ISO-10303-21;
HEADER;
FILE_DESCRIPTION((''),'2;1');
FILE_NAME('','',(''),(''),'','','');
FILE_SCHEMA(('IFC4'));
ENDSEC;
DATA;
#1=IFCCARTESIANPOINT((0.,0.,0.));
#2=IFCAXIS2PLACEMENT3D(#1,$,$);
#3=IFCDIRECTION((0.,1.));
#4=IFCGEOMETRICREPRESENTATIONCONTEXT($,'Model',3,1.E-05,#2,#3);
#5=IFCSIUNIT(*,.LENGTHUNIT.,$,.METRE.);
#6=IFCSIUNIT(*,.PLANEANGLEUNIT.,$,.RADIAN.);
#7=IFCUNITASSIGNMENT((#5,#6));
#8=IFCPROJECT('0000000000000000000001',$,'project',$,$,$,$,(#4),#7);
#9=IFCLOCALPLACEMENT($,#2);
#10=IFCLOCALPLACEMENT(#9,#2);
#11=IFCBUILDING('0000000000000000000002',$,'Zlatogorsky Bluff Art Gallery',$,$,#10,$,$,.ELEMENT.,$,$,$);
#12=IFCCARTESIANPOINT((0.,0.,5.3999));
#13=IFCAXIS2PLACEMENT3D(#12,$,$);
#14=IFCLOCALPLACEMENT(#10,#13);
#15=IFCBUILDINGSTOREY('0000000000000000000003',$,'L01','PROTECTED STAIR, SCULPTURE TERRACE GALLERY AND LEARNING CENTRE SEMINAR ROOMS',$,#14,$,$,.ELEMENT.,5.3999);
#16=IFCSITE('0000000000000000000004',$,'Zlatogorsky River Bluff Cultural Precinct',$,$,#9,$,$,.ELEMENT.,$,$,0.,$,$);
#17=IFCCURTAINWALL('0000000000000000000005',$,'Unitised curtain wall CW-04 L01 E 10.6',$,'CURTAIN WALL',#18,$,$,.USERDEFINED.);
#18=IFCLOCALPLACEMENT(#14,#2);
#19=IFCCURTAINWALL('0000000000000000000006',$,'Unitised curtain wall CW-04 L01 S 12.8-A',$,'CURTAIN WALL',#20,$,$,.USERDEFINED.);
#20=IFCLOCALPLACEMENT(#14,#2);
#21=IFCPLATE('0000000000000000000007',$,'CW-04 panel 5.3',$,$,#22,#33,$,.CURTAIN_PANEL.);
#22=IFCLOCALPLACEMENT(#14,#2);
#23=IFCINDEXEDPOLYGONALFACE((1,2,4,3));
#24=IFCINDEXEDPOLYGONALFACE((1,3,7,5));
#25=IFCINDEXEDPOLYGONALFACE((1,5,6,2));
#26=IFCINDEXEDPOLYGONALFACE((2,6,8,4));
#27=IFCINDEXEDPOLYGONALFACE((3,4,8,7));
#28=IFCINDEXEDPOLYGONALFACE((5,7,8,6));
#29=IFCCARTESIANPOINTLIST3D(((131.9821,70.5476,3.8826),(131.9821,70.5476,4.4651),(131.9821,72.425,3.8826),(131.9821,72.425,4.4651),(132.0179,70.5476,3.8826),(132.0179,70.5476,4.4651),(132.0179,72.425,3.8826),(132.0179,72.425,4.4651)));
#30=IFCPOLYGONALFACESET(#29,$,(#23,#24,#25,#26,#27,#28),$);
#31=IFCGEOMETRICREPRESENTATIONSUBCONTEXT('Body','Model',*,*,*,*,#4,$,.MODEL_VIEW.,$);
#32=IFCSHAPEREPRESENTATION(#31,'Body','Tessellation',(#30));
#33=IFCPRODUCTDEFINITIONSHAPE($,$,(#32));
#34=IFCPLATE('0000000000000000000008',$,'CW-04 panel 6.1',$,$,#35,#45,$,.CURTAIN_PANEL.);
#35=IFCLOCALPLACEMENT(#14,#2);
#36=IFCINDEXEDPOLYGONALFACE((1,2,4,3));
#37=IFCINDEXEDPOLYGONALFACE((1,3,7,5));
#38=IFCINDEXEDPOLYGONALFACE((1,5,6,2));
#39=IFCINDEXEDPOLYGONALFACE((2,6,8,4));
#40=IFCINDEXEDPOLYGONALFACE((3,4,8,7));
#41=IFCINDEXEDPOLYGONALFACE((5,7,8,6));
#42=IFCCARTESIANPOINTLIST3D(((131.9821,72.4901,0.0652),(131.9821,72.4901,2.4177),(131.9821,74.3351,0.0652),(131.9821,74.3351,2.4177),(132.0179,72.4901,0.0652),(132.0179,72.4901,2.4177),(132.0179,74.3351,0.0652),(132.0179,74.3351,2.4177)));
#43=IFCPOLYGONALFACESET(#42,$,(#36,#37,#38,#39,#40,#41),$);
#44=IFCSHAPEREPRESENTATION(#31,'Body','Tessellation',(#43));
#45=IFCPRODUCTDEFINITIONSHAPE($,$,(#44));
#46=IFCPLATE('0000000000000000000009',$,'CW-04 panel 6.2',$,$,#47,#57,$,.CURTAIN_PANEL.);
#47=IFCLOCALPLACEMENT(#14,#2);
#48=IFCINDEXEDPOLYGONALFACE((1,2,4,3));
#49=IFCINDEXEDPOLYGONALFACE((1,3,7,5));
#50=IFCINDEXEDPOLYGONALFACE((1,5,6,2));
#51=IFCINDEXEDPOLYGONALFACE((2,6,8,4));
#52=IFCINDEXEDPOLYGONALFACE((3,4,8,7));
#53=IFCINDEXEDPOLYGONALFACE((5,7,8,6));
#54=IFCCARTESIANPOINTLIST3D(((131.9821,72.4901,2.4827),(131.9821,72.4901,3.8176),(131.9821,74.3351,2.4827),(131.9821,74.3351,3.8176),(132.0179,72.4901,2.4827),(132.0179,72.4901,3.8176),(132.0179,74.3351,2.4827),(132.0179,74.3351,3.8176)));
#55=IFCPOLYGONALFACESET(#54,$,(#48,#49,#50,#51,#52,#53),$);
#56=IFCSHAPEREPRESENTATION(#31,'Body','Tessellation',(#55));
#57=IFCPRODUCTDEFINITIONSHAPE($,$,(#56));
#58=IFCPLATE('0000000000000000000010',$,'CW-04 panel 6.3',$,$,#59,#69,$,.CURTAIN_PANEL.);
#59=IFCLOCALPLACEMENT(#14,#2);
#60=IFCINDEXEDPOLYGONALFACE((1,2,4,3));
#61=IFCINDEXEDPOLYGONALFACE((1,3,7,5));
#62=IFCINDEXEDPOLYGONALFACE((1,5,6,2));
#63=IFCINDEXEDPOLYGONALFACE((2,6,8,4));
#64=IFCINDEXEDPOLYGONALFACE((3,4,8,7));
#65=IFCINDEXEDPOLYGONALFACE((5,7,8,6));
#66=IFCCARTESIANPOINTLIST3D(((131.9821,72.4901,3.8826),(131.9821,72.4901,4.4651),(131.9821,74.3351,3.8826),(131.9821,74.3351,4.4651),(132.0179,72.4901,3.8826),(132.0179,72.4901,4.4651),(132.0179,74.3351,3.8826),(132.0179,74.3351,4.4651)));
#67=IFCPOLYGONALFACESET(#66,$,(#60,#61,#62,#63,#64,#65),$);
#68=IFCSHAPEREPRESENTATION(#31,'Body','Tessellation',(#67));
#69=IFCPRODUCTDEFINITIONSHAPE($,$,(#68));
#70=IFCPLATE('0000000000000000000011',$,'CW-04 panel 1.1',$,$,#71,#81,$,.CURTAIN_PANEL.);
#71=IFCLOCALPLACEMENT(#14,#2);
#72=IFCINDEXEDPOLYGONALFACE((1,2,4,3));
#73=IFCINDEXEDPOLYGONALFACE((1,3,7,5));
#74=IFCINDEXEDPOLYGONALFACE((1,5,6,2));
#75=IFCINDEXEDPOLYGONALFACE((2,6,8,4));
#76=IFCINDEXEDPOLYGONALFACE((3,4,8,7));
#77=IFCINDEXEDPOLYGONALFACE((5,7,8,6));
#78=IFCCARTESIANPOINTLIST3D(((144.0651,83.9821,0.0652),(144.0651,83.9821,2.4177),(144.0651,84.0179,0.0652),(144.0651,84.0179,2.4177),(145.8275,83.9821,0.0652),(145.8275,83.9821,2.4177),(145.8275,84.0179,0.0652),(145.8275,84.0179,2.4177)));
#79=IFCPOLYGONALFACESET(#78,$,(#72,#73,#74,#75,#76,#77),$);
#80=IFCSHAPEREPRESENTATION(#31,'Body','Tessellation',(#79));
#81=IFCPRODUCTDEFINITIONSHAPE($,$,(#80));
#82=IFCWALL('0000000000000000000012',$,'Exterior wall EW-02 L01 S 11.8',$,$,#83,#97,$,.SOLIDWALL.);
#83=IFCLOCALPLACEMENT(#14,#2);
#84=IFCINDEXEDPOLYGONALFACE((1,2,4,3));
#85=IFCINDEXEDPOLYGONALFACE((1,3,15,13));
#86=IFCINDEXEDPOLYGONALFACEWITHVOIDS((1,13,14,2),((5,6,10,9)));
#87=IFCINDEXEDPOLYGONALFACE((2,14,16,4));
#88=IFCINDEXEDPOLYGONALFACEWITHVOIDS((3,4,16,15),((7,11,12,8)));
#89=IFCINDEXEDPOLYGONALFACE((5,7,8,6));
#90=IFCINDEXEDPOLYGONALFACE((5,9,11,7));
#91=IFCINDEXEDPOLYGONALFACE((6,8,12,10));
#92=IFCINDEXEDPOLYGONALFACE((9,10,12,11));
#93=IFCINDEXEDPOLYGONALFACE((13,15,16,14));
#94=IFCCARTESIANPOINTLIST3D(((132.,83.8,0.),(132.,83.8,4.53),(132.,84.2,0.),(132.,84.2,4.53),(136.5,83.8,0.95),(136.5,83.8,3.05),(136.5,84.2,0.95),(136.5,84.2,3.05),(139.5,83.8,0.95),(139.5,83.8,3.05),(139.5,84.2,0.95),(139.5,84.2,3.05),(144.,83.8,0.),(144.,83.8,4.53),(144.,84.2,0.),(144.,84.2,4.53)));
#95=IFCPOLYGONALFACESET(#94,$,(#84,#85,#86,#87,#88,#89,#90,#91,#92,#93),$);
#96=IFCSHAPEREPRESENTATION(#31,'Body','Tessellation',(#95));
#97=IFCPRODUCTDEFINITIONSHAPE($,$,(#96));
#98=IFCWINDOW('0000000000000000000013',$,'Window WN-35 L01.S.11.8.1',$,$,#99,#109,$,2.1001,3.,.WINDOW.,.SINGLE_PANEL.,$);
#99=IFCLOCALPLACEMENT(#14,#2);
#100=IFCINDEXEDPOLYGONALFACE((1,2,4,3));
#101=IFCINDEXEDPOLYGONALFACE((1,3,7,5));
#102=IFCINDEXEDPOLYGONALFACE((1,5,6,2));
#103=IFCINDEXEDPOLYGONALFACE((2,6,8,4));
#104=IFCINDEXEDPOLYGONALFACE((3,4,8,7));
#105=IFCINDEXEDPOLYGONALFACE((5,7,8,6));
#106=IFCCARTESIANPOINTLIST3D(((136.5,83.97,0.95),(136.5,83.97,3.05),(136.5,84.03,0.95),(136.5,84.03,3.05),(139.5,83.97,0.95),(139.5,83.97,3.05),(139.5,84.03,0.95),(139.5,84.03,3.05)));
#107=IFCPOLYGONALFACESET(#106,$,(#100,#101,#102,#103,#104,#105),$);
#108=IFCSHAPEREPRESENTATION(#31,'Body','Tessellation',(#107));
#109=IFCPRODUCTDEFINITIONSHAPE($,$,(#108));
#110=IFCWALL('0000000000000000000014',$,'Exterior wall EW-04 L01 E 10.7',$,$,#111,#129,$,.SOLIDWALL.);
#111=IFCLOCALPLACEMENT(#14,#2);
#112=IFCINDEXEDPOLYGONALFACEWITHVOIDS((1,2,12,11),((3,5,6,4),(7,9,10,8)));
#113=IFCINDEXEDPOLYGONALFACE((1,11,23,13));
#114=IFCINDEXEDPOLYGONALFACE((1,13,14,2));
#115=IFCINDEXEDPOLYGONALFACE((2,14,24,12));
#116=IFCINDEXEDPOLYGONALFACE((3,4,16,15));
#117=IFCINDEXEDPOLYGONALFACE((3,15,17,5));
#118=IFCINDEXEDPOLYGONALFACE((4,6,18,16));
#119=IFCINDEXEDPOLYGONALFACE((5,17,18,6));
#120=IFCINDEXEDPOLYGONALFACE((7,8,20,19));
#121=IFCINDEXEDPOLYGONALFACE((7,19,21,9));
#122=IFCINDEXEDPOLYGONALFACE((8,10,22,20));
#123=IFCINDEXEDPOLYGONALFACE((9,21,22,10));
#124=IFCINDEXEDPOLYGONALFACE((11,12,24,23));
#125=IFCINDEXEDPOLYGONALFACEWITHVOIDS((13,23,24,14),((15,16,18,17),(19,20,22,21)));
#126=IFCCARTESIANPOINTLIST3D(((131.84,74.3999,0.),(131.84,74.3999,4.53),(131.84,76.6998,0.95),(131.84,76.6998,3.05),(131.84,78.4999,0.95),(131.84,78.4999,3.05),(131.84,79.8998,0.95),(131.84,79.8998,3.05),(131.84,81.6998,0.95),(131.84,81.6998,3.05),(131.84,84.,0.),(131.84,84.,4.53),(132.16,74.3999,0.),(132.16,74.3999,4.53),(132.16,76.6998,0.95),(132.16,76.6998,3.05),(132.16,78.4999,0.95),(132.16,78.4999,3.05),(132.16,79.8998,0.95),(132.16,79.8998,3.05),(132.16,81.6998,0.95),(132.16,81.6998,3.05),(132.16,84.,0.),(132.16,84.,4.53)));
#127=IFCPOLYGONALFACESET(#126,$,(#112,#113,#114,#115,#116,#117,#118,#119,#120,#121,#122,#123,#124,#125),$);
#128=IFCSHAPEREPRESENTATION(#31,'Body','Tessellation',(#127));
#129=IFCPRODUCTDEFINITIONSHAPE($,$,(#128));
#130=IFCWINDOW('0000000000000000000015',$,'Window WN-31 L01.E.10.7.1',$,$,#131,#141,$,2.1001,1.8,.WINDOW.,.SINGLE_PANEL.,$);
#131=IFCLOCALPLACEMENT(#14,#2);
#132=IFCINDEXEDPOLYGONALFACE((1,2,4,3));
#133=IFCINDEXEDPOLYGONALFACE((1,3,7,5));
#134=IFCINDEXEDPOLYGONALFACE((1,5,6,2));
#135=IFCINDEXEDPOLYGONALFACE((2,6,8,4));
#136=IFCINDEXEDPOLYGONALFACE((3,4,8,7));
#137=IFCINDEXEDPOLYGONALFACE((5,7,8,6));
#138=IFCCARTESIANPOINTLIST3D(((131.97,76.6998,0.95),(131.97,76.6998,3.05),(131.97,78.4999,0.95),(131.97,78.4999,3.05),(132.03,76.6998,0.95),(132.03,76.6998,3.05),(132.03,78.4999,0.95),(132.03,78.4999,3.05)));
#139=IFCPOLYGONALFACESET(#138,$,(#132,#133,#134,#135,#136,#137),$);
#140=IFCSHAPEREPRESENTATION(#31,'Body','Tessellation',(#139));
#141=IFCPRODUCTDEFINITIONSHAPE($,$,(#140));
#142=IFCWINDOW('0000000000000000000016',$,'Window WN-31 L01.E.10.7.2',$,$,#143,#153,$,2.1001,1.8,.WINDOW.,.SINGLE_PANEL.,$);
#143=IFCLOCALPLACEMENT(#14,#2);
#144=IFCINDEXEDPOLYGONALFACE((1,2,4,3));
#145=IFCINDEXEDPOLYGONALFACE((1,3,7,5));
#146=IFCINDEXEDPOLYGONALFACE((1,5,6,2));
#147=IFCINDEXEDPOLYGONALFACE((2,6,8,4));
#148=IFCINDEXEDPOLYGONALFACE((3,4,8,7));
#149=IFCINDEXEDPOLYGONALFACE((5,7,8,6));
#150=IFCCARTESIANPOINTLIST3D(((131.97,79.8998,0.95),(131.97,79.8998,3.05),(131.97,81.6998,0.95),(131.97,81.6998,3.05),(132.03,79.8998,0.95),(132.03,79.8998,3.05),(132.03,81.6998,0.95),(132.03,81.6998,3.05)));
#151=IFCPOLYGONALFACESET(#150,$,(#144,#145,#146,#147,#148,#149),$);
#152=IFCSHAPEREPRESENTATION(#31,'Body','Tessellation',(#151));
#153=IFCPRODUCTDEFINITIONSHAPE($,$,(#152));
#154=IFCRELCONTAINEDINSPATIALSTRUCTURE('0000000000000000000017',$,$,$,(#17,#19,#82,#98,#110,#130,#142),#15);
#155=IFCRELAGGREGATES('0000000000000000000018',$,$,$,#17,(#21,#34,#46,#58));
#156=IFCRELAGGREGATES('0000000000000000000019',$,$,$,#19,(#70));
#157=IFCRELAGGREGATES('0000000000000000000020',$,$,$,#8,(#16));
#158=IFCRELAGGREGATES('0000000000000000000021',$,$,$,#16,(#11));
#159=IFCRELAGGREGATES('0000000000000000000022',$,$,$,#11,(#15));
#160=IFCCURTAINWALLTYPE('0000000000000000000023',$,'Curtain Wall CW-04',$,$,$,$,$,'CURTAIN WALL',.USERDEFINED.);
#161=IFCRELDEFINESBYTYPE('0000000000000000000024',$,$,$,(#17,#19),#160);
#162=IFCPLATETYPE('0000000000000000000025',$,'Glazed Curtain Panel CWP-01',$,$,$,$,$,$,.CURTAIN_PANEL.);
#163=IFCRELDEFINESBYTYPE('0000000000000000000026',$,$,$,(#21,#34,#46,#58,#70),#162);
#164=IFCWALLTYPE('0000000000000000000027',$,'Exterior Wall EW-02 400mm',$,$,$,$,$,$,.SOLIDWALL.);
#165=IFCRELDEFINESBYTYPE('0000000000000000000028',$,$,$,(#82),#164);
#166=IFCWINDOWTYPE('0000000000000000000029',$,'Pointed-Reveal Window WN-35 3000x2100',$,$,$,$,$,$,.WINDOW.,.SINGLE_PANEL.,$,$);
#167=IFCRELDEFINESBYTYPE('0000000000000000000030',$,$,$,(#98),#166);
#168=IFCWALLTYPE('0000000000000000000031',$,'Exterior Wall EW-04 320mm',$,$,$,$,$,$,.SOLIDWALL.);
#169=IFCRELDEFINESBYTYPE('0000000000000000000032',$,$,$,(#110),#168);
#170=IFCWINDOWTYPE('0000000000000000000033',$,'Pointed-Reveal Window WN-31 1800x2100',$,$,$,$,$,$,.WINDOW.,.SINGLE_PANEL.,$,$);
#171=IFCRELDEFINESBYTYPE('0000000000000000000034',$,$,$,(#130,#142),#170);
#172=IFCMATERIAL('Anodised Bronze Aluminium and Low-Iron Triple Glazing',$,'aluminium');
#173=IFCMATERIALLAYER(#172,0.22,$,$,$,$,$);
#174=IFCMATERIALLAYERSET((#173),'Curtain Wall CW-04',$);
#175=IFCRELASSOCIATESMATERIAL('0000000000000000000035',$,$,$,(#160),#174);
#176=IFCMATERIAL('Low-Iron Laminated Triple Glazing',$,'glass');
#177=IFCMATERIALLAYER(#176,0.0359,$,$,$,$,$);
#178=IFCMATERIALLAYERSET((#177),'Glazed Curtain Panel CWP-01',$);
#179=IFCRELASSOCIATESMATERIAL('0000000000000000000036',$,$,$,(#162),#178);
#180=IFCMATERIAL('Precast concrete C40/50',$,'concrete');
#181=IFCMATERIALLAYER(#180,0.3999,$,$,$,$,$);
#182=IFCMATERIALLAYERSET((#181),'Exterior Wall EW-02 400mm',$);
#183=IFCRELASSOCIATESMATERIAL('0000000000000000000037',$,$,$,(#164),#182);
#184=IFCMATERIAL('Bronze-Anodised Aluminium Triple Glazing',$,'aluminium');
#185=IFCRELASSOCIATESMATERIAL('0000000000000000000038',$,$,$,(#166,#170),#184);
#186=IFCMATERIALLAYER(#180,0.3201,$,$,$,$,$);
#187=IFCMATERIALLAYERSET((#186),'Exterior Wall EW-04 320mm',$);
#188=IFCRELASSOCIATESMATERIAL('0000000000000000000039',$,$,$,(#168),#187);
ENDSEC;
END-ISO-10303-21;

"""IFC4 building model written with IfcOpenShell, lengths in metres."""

from ifc_helpers import new_model, si_unit, direction, frame, frame_2d, origin, origin_2d, place, context, subcontext, project, spatial, rectangle, extrude, material, layer, layer_set, type_object, element, fill, aggregate, save


model = new_model("IFC4")

# Units and contexts
model_context = context("Model", 3, precision=1e-05, world=origin(), true_north=direction((0.0, 1.0)))
body_context = subcontext(model_context, "Body", "Model", "MODEL_VIEW")
ifc_project = project(units=[si_unit("LENGTHUNIT", "METRE"), si_unit("PLANEANGLEUNIT", "RADIAN")], contexts=[model_context])

# Site, building, storey
site_placement = place(None, origin())
site = spatial("IfcSite", under=ifc_project, at=site_placement, Name="Zlatogorsky River Bluff Cultural Precinct", CompositionType="ELEMENT", RefElevation=0.0)
building_placement = place(site_placement, origin())
building = spatial("IfcBuilding", under=site, at=building_placement, Name="Zlatogorsky Bluff Art Gallery", CompositionType="ELEMENT")
storey_placement = place(building_placement, frame((0.0, 0.0, 5.3999)))
storey = spatial("IfcBuildingStorey", under=building, at=storey_placement, Name="L01", Description="PROTECTED STAIR, SCULPTURE TERRACE GALLERY AND LEARNING CENTRE SEMINAR ROOMS", CompositionType="ELEMENT", Elevation=5.3999)

# Curtain wall
ifc_material_1 = material(Name="Anodised Bronze Aluminium and Low-Iron Triple Glazing", Category="aluminium")
ifc_layer_1 = layer(ifc_material_1, 0.22)
ifc_layer_set_1 = layer_set([ifc_layer_1], Name="Curtain Wall CW-04")
curtain_wall_type = type_object("IfcCurtainWallType", Name="Curtain Wall CW-04", ElementType="CURTAIN WALL", PredefinedType="USERDEFINED", material=ifc_layer_set_1)
curtain_wall_1_placement = place(storey_placement, origin())
curtain_wall_1 = element("IfcCurtainWall", 1, at=curtain_wall_1_placement, inside=storey, type_object=curtain_wall_type, Name="Unitised curtain wall CW-04 L01 E 10.6", ObjectType="CURTAIN WALL", PredefinedType="USERDEFINED")

# Curtain wall
curtain_wall_2_placement = place(storey_placement, origin())
curtain_wall_2 = element("IfcCurtainWall", 2, at=curtain_wall_2_placement, inside=storey, type_object=curtain_wall_type, Name="Unitised curtain wall CW-04 L01 S 12.8-A", ObjectType="CURTAIN WALL", PredefinedType="USERDEFINED")

# Plates
ifc_material_2 = material(Name="Low-Iron Laminated Triple Glazing", Category="glass")
ifc_layer_2 = layer(ifc_material_2, 0.0359)
ifc_layer_set_2 = layer_set([ifc_layer_2], Name="Glazed Curtain Panel CWP-01")
plate_type = type_object("IfcPlateType", Name="Glazed Curtain Panel CWP-01", PredefinedType="CURTAIN_PANEL", material=ifc_layer_set_2)
plate_1_placement = place(storey_placement, frame((132.0, 71.4863, 3.8826), z_axis=(0.0, 0.0, 1.0), x_axis=(0.0, 1.0, 0.0)))
plate_1 = element("IfcPlate", 3, at=plate_1_placement, type_object=plate_type, Name="CW-04 panel 5.3", PredefinedType="CURTAIN_PANEL", context=body_context, shape_type="SweptSolid", body=[
    extrude(rectangle(XDim=1.8774, YDim=0.0359, at=origin_2d()), origin(), (0.0, 0.0, 1.0), 0.5825),
])
plate_2_placement = place(storey_placement, frame((132.0, 73.4126, 0.0652), z_axis=(0.0, 0.0, 1.0), x_axis=(0.0, 1.0, 0.0)))
plate_2 = element("IfcPlate", 4, at=plate_2_placement, type_object=plate_type, Name="CW-04 panel 6.1", PredefinedType="CURTAIN_PANEL", context=body_context, shape_type="SweptSolid", body=[
    extrude(rectangle(XDim=1.845, YDim=0.0359, at=origin_2d()), origin(), (0.0, 0.0, 1.0), 2.3525),
])
plate_3_placement = place(storey_placement, frame((132.0, 73.4126, 2.4827), z_axis=(0.0, 0.0, 1.0), x_axis=(0.0, 1.0, 0.0)))
plate_3 = element("IfcPlate", 5, at=plate_3_placement, type_object=plate_type, Name="CW-04 panel 6.2", PredefinedType="CURTAIN_PANEL", context=body_context, shape_type="SweptSolid", body=[
    extrude(rectangle(XDim=1.845, YDim=0.0359, at=origin_2d()), origin(), (0.0, 0.0, 1.0), 1.335),
])
plate_4_placement = place(storey_placement, frame((132.0, 73.4126, 3.8826), z_axis=(0.0, 0.0, 1.0), x_axis=(0.0, 1.0, 0.0)))
plate_4 = element("IfcPlate", 6, at=plate_4_placement, type_object=plate_type, Name="CW-04 panel 6.3", PredefinedType="CURTAIN_PANEL", context=body_context, shape_type="SweptSolid", body=[
    extrude(rectangle(XDim=1.845, YDim=0.0359, at=origin_2d()), origin(), (0.0, 0.0, 1.0), 0.5825),
])
aggregate(curtain_wall_1, [plate_1, plate_2, plate_3, plate_4])
plate_5_placement = place(storey_placement, frame((144.9463, 84.0, 0.0652), z_axis=(0.0, 0.0, 1.0), x_axis=(1.0, 0.0, 0.0)))
plate_5 = element("IfcPlate", 7, at=plate_5_placement, type_object=plate_type, Name="CW-04 panel 1.1", PredefinedType="CURTAIN_PANEL", context=body_context, shape_type="SweptSolid", body=[
    extrude(rectangle(XDim=1.7625, YDim=0.0359, at=origin_2d()), origin(), (0.0, 0.0, 1.0), 2.3525),
])
aggregate(curtain_wall_2, [plate_5])

# Wall, opening, window
ifc_material_3 = material(Name="Precast concrete C40/50", Category="concrete")
ifc_layer_3 = layer(ifc_material_3, 0.3999)
ifc_layer_set_3 = layer_set([ifc_layer_3], Name="Exterior Wall EW-02 400mm")
wall_type_1 = type_object("IfcWallType", Name="Exterior Wall EW-02 400mm", PredefinedType="SOLIDWALL", material=ifc_layer_set_3)
wall_1_placement = place(storey_placement, frame((132.0, 84.0, 0.0), z_axis=(0.0, 0.0, 1.0), x_axis=(1.0, 0.0, 0.0)))
wall_1 = element("IfcWall", 8, at=wall_1_placement, inside=storey, type_object=wall_type_1, Name="Exterior wall EW-02 L01 S 11.8", PredefinedType="SOLIDWALL", context=body_context, shape_type="SweptSolid", body=[
    extrude(rectangle(XDim=12.0, YDim=0.3999, at=frame_2d((6.0, 0.0))), origin(), (0.0, 0.0, 1.0), 4.53),
])
opening_1_placement = place(wall_1_placement, frame((4.5, 0.0, 0.95)))
opening_1 = element("IfcOpeningElement", 9, at=opening_1_placement, cuts=wall_1, PredefinedType="OPENING", context=body_context, shape_type="SweptSolid", body=[
    extrude(rectangle(XDim=3.0, YDim=2.1001, at=frame_2d((1.5, 1.05))), frame((0.0, 0.21, 0.0), z_axis=(0.0, -1.0, 0.0), x_axis=(1.0, 0.0, 0.0)), (0.0, 0.0, 1.0), 0.4199),
])
ifc_material_4 = material(Name="Bronze-Anodised Aluminium Triple Glazing", Category="aluminium")
window_type_1 = type_object("IfcWindowType", Name="Pointed-Reveal Window WN-35 3000x2100", PartitioningType="SINGLE_PANEL", PredefinedType="WINDOW", material=ifc_material_4)
window_1_placement = place(opening_1_placement, origin())
window_1 = element("IfcWindow", 10, at=window_1_placement, inside=storey, type_object=window_type_1, Name="Window WN-35 L01.S.11.8.1", OverallHeight=2.1001, OverallWidth=3.0, PartitioningType="SINGLE_PANEL", PredefinedType="WINDOW", context=body_context, shape_type="SweptSolid", body=[
    extrude(rectangle(XDim=3.0, YDim=2.1001, at=frame_2d((1.5, 1.05))), frame((0.0, 0.03, 0.0), z_axis=(0.0, -1.0, 0.0), x_axis=(1.0, 0.0, 0.0)), (0.0, 0.0, 1.0), 0.0601),
])
fill(opening_1, window_1)

# Wall, openings, windows
ifc_layer_4 = layer(ifc_material_3, 0.3201)
ifc_layer_set_4 = layer_set([ifc_layer_4], Name="Exterior Wall EW-04 320mm")
wall_type_2 = type_object("IfcWallType", Name="Exterior Wall EW-04 320mm", PredefinedType="SOLIDWALL", material=ifc_layer_set_4)
wall_2_placement = place(storey_placement, frame((132.0, 74.3999, 0.0), z_axis=(0.0, 0.0, 1.0), x_axis=(0.0, 1.0, 0.0)))
wall_2 = element("IfcWall", 11, at=wall_2_placement, inside=storey, type_object=wall_type_2, Name="Exterior wall EW-04 L01 E 10.7", PredefinedType="SOLIDWALL", context=body_context, shape_type="SweptSolid", body=[
    extrude(rectangle(XDim=9.6001, YDim=0.3201, at=frame_2d((4.8, 0.0))), origin(), (0.0, 0.0, 1.0), 4.53),
])
opening_2_placement = place(wall_2_placement, frame((2.3, 0.0, 0.95)))
opening_2 = element("IfcOpeningElement", 12, at=opening_2_placement, cuts=wall_2, PredefinedType="OPENING", context=body_context, shape_type="SweptSolid", body=[
    extrude(rectangle(XDim=1.8, YDim=2.1001, at=frame_2d((0.8999, 1.05))), frame((0.0, 0.1699, 0.0), z_axis=(0.0, -1.0, 0.0), x_axis=(1.0, 0.0, 0.0)), (0.0, 0.0, 1.0), 0.3401),
])
opening_3_placement = place(wall_2_placement, frame((5.5, 0.0, 0.95)))
opening_3 = element("IfcOpeningElement", 13, at=opening_3_placement, cuts=wall_2, PredefinedType="OPENING", context=body_context, shape_type="SweptSolid", body=[
    extrude(rectangle(XDim=1.8, YDim=2.1001, at=frame_2d((0.8999, 1.05))), frame((0.0, 0.1699, 0.0), z_axis=(0.0, -1.0, 0.0), x_axis=(1.0, 0.0, 0.0)), (0.0, 0.0, 1.0), 0.3401),
])
window_type_2 = type_object("IfcWindowType", Name="Pointed-Reveal Window WN-31 1800x2100", PartitioningType="SINGLE_PANEL", PredefinedType="WINDOW", material=ifc_material_4)
window_2_placement = place(opening_2_placement, origin())
window_2 = element("IfcWindow", 14, at=window_2_placement, inside=storey, type_object=window_type_2, Name="Window WN-31 L01.E.10.7.1", OverallHeight=2.1001, OverallWidth=1.8, PartitioningType="SINGLE_PANEL", PredefinedType="WINDOW", context=body_context, shape_type="SweptSolid", body=[
    extrude(rectangle(XDim=1.8, YDim=2.1001, at=frame_2d((0.8999, 1.05))), frame((0.0, 0.03, 0.0), z_axis=(0.0, -1.0, 0.0), x_axis=(1.0, 0.0, 0.0)), (0.0, 0.0, 1.0), 0.0601),
])
fill(opening_2, window_2)
window_3_placement = place(opening_3_placement, origin())
window_3 = element("IfcWindow", 15, at=window_3_placement, inside=storey, type_object=window_type_2, Name="Window WN-31 L01.E.10.7.2", OverallHeight=2.1001, OverallWidth=1.8, PartitioningType="SINGLE_PANEL", PredefinedType="WINDOW", context=body_context, shape_type="SweptSolid", body=[
    extrude(rectangle(XDim=1.8, YDim=2.1001, at=frame_2d((0.8999, 1.05))), frame((0.0, 0.03, 0.0), z_axis=(0.0, -1.0, 0.0), x_axis=(1.0, 0.0, 0.0)), (0.0, 0.0, 1.0), 0.0601),
])
fill(opening_3, window_3)

save(model, "model.ifc")
